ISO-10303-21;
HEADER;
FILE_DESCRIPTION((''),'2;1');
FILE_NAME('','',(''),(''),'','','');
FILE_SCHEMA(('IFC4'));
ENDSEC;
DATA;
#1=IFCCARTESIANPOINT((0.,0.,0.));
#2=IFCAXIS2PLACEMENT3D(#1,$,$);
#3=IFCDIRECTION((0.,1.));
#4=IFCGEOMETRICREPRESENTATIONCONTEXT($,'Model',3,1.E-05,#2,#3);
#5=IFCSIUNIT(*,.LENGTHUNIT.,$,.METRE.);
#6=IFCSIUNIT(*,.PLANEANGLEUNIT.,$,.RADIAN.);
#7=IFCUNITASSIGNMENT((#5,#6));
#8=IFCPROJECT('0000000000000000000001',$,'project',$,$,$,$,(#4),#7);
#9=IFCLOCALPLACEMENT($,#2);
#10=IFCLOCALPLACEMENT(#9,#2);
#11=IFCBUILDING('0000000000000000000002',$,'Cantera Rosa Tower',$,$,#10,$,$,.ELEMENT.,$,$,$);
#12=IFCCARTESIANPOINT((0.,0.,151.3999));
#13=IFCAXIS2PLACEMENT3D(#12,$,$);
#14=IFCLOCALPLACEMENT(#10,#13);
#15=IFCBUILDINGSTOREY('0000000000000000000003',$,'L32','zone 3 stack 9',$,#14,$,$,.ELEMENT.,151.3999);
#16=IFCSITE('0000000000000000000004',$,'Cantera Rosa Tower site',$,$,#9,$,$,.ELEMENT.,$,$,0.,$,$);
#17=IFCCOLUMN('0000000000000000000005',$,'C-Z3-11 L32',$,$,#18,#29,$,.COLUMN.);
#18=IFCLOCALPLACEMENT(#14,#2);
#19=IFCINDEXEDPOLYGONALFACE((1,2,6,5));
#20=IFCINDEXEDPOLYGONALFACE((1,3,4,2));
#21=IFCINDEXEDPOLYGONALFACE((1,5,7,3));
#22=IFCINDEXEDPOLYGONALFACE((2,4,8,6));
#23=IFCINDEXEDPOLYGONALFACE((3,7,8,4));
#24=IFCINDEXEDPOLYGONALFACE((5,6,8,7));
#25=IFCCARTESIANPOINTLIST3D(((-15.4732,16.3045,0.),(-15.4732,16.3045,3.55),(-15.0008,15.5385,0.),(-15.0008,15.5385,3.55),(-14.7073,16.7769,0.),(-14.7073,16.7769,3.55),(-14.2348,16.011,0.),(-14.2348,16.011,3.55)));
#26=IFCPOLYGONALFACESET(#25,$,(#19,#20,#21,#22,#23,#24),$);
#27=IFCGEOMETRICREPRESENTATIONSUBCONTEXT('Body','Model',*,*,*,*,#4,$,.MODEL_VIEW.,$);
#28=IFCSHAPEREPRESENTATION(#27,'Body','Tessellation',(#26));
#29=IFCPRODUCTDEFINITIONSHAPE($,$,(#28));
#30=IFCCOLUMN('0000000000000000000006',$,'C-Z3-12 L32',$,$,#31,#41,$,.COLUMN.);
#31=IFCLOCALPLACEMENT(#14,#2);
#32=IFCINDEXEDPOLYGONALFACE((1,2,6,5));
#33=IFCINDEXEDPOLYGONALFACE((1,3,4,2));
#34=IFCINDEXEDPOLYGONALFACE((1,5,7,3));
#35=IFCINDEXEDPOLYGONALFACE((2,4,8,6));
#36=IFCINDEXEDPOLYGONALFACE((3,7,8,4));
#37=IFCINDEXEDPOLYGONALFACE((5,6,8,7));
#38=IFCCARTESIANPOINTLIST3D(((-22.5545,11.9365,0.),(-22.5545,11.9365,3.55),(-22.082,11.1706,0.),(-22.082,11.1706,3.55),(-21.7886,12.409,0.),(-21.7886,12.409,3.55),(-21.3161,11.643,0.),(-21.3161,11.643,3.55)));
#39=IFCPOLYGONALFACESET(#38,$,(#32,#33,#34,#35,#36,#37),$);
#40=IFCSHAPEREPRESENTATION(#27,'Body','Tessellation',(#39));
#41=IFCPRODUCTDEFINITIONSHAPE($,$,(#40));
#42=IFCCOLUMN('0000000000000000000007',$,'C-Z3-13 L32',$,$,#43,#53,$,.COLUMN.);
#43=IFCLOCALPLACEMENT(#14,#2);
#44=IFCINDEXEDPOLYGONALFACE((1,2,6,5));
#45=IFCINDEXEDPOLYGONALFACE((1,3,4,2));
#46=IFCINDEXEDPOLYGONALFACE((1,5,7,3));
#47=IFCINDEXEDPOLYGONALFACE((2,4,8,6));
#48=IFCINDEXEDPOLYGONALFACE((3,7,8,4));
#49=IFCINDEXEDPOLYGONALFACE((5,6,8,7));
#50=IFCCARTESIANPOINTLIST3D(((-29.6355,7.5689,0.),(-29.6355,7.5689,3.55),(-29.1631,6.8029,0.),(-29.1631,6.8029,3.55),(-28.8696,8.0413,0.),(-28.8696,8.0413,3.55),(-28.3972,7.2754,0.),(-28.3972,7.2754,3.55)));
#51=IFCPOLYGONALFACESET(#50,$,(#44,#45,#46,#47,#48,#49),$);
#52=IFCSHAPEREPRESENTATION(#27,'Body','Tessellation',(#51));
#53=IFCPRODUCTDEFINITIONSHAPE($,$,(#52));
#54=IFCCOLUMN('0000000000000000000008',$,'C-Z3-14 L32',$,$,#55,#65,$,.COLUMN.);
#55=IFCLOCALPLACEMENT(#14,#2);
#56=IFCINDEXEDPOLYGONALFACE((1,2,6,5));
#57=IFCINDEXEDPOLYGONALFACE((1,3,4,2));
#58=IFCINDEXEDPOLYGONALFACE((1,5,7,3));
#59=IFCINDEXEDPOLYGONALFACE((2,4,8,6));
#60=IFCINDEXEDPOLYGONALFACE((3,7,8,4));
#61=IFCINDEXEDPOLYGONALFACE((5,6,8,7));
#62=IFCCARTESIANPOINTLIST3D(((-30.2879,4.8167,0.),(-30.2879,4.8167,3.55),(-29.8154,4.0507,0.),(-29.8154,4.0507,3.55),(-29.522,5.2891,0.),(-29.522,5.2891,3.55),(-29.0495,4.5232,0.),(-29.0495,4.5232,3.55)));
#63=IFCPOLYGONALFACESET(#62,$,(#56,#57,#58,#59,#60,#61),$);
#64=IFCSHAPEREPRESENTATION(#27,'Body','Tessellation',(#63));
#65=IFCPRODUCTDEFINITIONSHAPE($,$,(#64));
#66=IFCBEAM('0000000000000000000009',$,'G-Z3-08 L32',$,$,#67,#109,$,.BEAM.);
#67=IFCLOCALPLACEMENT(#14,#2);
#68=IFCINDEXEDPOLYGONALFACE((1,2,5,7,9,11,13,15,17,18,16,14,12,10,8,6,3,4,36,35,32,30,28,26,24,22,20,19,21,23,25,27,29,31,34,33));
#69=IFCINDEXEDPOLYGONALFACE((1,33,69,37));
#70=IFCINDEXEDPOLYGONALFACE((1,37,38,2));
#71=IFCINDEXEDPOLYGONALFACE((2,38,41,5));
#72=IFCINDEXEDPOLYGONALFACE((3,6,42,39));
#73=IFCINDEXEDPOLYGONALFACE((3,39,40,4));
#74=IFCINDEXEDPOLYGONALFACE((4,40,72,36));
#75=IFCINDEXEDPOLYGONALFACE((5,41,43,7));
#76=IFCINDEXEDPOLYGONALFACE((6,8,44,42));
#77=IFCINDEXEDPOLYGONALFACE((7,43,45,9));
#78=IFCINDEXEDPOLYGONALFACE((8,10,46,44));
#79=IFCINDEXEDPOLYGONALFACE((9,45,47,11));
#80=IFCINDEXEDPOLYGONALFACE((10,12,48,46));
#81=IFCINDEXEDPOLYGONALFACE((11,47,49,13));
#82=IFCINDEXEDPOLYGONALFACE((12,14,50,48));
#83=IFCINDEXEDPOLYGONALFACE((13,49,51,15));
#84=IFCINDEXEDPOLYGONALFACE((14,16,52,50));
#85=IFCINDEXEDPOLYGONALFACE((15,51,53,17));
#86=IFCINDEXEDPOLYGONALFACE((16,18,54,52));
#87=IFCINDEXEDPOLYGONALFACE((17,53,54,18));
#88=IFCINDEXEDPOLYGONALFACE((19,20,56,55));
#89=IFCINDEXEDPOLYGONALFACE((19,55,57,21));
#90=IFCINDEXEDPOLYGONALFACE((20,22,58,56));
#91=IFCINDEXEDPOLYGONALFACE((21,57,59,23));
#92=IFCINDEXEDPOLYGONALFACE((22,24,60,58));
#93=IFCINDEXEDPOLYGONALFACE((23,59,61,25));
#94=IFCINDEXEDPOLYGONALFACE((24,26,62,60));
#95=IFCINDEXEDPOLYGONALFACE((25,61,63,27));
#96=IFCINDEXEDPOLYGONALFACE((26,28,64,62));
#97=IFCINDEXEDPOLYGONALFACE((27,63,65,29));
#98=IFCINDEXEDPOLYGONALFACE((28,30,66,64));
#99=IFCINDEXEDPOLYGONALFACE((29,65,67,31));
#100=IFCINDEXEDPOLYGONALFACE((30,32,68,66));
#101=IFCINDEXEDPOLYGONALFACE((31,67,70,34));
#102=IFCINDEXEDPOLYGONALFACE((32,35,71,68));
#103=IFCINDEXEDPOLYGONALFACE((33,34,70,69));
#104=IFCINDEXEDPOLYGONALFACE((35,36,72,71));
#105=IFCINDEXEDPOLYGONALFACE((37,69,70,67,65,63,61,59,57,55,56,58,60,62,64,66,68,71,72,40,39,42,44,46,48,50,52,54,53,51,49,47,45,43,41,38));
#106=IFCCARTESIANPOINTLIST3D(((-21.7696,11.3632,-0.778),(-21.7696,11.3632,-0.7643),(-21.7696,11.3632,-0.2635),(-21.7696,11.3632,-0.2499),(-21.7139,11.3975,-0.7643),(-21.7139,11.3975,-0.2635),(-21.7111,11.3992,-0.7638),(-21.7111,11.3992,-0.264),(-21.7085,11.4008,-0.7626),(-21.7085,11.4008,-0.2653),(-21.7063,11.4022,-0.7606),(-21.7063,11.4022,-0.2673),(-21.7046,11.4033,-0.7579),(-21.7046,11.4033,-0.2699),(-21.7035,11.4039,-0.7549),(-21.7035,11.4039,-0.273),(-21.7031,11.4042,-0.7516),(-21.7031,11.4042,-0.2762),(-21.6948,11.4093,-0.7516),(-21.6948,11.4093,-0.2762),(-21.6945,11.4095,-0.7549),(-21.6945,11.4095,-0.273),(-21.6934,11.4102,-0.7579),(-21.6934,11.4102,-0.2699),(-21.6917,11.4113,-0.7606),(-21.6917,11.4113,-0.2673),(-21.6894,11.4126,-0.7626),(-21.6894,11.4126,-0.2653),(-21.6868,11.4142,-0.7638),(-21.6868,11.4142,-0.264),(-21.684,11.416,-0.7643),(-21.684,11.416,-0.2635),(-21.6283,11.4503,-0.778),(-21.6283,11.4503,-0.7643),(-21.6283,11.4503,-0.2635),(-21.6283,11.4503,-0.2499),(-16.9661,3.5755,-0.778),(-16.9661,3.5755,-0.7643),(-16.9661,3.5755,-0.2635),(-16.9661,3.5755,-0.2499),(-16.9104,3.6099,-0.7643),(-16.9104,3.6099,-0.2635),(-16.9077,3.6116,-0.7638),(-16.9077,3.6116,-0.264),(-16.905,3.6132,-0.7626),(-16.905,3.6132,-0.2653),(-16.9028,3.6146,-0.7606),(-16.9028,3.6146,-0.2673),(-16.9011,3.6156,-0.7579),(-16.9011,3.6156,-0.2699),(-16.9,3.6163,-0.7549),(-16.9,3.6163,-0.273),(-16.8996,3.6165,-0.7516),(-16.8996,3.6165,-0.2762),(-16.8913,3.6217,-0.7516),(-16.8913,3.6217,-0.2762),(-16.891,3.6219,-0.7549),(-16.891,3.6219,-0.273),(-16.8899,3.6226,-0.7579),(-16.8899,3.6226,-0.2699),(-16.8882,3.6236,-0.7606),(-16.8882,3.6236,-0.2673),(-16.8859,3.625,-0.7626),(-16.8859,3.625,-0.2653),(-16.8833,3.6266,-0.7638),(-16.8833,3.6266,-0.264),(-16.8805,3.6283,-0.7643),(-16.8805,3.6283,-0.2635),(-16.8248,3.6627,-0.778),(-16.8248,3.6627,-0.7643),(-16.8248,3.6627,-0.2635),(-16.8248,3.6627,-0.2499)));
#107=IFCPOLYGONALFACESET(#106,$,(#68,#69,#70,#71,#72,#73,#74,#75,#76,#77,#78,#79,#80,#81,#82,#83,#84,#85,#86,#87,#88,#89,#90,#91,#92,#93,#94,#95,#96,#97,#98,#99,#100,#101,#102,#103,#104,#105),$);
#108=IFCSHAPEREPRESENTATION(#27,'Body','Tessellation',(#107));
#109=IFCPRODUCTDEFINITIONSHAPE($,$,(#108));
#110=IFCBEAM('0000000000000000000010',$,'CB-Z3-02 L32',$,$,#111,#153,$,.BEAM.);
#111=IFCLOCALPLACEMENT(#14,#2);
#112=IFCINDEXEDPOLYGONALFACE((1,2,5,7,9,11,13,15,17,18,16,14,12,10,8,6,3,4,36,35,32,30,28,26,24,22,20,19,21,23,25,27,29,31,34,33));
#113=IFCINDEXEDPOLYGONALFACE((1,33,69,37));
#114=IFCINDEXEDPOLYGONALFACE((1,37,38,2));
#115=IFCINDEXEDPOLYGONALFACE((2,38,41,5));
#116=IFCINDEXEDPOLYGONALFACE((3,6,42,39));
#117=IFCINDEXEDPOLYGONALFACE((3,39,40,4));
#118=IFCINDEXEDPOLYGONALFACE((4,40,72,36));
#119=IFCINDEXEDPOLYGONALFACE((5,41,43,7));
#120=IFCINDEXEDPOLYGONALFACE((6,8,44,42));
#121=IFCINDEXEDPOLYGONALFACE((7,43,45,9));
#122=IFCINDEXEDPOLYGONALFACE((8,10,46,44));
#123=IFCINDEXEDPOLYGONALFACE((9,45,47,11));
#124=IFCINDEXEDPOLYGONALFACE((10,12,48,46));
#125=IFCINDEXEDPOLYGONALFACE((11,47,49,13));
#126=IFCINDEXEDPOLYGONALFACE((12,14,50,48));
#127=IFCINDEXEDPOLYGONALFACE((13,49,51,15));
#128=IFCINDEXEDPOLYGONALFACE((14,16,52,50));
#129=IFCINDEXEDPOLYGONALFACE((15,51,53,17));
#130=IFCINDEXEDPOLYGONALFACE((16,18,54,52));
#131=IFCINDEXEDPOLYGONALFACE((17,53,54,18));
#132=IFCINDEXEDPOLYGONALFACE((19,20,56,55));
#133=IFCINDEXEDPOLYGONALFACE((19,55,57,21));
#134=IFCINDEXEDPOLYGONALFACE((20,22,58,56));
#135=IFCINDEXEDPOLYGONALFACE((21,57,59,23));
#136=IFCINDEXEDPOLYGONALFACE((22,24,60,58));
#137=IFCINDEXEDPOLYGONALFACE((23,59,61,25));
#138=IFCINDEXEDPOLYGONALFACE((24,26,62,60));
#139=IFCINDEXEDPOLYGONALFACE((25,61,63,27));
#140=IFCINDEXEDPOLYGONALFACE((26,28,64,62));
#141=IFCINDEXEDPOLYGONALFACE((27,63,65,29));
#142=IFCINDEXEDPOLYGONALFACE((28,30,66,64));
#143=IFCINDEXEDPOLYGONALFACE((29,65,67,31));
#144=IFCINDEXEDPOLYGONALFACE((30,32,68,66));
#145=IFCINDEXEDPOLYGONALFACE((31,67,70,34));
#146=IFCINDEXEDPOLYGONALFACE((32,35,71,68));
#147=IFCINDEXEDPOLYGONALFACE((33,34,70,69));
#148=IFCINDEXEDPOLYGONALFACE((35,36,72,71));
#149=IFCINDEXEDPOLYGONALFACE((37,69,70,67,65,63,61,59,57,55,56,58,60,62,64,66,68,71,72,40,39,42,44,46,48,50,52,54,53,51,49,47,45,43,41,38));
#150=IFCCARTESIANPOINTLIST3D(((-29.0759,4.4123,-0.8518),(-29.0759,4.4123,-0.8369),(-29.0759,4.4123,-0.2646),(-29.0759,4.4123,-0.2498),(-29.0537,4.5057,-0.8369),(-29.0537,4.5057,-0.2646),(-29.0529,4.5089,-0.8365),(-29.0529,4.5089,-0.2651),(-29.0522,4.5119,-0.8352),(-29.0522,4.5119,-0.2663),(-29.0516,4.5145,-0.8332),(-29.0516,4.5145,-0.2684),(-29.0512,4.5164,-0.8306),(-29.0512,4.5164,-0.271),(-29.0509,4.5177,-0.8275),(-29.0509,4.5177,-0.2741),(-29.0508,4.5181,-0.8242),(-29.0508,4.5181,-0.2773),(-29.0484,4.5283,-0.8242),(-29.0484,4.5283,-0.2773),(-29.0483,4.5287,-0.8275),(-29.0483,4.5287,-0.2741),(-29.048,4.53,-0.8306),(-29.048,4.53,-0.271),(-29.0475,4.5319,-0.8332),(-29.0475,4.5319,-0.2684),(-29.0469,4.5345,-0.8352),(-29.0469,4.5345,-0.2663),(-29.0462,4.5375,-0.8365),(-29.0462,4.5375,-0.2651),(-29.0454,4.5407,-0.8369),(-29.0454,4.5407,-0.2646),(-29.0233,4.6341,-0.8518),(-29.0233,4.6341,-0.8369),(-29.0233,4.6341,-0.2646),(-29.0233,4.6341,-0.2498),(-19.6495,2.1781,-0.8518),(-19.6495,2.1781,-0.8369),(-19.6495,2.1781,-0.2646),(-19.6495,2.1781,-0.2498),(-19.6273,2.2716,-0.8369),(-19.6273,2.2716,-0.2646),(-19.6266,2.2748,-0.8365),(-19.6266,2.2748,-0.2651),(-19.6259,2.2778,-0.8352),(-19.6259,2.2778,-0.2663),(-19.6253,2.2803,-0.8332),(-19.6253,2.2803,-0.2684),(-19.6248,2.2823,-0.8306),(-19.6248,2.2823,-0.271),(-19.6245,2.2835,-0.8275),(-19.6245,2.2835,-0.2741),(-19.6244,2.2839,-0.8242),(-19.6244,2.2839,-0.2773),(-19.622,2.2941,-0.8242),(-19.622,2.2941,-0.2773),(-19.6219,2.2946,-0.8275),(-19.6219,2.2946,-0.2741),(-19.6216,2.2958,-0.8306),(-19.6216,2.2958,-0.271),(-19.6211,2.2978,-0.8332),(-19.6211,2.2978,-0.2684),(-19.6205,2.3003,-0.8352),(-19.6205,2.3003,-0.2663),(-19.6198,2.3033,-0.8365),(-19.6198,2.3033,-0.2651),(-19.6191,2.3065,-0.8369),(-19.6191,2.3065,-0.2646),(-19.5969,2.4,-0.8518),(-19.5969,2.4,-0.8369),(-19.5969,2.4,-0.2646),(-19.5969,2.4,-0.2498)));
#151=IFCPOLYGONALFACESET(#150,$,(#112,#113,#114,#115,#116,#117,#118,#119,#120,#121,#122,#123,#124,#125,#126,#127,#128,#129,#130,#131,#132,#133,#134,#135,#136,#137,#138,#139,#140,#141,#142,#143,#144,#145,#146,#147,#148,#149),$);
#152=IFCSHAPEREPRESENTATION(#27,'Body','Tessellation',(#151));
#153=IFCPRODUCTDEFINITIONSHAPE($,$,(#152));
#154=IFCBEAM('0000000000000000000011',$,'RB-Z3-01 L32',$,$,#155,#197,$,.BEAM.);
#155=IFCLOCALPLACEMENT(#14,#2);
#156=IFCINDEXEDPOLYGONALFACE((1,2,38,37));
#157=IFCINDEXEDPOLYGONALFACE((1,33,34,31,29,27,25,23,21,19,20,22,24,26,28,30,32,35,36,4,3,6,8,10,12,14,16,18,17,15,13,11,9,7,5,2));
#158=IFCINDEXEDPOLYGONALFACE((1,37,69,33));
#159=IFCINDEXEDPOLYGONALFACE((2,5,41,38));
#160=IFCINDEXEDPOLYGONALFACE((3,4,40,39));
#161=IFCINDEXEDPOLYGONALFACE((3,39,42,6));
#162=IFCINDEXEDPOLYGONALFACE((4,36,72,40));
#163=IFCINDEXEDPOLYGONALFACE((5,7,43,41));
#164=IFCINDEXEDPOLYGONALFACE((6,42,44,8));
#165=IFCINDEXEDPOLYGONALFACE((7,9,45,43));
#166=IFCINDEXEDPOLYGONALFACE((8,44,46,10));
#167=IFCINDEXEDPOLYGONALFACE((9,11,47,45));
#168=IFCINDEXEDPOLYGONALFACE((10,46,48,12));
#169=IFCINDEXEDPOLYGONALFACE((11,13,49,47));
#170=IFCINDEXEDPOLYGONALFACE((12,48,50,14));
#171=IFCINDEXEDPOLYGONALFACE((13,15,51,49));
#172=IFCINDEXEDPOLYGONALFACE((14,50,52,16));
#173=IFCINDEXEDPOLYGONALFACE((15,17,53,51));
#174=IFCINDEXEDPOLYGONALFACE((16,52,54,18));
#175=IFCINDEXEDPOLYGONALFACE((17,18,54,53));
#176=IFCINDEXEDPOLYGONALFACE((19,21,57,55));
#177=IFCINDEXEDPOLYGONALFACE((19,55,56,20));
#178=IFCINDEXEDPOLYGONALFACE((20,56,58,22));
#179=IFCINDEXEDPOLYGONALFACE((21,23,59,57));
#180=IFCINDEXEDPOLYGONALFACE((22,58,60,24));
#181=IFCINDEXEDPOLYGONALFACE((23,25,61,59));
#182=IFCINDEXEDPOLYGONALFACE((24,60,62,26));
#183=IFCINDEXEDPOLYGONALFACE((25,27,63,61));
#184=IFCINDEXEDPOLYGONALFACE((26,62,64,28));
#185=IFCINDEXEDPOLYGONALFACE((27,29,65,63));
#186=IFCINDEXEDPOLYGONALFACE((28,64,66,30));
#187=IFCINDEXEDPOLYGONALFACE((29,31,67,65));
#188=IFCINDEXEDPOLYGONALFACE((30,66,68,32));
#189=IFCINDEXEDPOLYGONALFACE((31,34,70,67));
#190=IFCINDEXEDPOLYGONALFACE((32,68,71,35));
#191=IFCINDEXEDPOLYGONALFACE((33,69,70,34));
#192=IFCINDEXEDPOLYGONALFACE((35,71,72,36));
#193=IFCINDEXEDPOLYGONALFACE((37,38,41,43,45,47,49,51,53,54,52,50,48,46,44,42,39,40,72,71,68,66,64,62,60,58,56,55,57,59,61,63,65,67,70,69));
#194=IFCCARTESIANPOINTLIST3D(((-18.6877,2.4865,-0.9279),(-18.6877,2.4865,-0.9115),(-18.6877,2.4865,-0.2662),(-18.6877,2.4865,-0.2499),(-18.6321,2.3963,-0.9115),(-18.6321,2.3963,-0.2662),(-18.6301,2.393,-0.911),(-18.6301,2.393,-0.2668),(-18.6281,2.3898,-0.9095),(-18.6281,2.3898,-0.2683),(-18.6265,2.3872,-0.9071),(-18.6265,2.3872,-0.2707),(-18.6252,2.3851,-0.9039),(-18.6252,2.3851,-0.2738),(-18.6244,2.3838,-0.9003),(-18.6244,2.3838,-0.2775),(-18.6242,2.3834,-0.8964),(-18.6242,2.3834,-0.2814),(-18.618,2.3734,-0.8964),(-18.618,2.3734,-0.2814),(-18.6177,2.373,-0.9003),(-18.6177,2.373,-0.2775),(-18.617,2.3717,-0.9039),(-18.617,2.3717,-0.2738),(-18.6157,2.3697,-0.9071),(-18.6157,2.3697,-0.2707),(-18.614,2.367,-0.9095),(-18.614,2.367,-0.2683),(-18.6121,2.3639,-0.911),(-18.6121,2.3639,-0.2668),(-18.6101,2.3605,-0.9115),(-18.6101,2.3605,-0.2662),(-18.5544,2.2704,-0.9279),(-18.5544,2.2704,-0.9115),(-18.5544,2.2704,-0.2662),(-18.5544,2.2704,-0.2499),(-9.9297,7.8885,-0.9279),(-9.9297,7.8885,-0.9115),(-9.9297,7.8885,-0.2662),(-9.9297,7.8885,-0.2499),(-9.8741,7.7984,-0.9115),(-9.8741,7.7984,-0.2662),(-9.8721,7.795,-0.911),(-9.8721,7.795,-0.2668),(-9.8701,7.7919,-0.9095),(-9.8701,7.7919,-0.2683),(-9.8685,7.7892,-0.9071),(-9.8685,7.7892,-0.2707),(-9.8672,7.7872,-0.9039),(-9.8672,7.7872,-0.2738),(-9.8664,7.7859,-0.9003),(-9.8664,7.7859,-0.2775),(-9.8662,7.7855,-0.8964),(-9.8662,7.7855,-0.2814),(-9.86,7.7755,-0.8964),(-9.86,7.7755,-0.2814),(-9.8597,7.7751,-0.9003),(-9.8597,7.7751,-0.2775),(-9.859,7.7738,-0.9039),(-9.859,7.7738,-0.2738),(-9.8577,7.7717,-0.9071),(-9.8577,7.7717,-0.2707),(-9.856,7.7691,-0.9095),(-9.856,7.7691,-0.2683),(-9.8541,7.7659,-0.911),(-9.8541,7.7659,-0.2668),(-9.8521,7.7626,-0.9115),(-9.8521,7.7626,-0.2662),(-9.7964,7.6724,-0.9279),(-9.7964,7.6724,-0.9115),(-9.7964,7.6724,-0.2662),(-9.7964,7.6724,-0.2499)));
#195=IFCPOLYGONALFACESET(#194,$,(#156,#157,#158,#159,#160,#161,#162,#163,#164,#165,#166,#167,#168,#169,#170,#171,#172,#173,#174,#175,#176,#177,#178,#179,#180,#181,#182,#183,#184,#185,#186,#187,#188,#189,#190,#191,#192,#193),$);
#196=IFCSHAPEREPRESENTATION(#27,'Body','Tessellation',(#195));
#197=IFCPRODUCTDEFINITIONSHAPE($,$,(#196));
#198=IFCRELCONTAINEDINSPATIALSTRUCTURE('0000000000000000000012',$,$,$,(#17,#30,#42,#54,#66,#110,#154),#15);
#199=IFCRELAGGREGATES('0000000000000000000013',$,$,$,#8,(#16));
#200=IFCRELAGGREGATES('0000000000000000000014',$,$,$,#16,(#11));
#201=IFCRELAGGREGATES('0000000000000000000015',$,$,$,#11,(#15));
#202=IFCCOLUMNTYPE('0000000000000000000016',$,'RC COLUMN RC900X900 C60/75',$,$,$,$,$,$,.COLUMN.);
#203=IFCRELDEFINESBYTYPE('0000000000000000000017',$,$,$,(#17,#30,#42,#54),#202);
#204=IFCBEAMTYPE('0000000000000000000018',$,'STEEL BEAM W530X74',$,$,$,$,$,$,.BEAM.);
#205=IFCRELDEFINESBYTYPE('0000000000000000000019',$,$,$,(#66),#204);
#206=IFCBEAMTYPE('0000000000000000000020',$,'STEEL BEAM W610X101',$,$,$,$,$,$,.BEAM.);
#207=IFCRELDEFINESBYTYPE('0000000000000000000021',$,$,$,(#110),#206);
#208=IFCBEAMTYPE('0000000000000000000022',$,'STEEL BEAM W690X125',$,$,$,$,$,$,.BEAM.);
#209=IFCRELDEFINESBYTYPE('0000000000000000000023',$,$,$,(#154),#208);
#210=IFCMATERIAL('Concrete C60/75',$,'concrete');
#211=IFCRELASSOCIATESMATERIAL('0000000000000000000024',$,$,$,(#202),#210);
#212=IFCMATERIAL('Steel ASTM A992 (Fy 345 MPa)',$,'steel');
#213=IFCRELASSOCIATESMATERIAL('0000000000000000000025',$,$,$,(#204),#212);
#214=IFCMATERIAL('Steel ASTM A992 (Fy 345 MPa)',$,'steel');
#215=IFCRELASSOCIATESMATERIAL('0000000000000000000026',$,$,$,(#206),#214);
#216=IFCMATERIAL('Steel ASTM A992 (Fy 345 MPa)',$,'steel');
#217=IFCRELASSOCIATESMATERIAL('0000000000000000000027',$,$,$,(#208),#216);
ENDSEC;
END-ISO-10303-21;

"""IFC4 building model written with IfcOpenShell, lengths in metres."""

from ifc_helpers import new_model, si_unit, direction, frame, origin, origin_2d, place, context, subcontext, project, spatial, rectangle, i_section, extrude, material, material_profile, profile_set, type_object, element, save


model = new_model("IFC4")

# Units and contexts
model_context = context("Model", 3, precision=1e-05, world=origin(), true_north=direction((0.0, 1.0)))
body_context = subcontext(model_context, "Body", "Model", "MODEL_VIEW")
ifc_project = project(units=[si_unit("LENGTHUNIT", "METRE"), si_unit("PLANEANGLEUNIT", "RADIAN")], contexts=[model_context])

# Site, building, storey
site_placement = place(None, origin())
site = spatial("IfcSite", under=ifc_project, at=site_placement, Name="Cantera Rosa Tower site", CompositionType="ELEMENT", RefElevation=0.0)
building_placement = place(site_placement, origin())
building = spatial("IfcBuilding", under=site, at=building_placement, Name="Cantera Rosa Tower", CompositionType="ELEMENT")
storey_placement = place(building_placement, frame((0.0, 0.0, 151.3999)))
storey = spatial("IfcBuildingStorey", under=building, at=storey_placement, Name="L32", Description="zone 3 stack 9", CompositionType="ELEMENT", Elevation=151.3999)

# Columns
ifc_material_1 = material(Name="Concrete C60/75", Category="concrete")
ifc_material_profile_1 = material_profile(ifc_material_1, rectangle(XDim=0.8999, YDim=0.8999, at=origin_2d()), Name="RC COLUMN RC900X900 C60/75")
ifc_profile_set_1 = profile_set([ifc_material_profile_1], Name="Concrete C60/75")
column_type = type_object("IfcColumnType", Name="RC COLUMN RC900X900 C60/75", PredefinedType="COLUMN", material=ifc_profile_set_1)
for number, where, z_axis, x_axis, name in (
    (1, (-14.854, 16.1577, 0.0), (0.0, 0.0, 1.0), (0.851117, 0.524977, 0.0), "C-Z3-11 L32"),
    (2, (-21.9353, 11.7898, 0.0), (0.0, 0.0, 1.0), (0.851117, 0.524977, 0.0), "C-Z3-12 L32"),
    (3, (-29.0164, 7.4221, 0.0), (0.0, 0.0, 1.0), (0.851117, 0.524977, 0.0), "C-Z3-13 L32"),
    (4, (-29.6687, 4.6699, 0.0), (0.0, 0.0, 1.0), (0.851117, 0.524977, 0.0), "C-Z3-14 L32"),
):
    element("IfcColumn", number, at=place(storey_placement, frame(where, z_axis=z_axis, x_axis=x_axis)), inside=storey, type_object=column_type, Name=name, PredefinedType="COLUMN", context=body_context, shape_type="SweptSolid", body=[
        extrude(rectangle(XDim=0.8999, YDim=0.8999, at=origin_2d()), origin(), (0.0, 0.0, 1.0), 3.55),
    ])

# Beams
ifc_material_2 = material(Name="Steel ASTM A992 (Fy 345 MPa)", Category="steel")
ifc_material_profile_2 = material_profile(ifc_material_2, i_section(OverallWidth=0.166, OverallDepth=0.5281, WebThickness=0.0098, FlangeThickness=0.0137, FilletRadius=0.0127, at=origin_2d()), Name="W530X74")
ifc_profile_set_2 = profile_set([ifc_material_profile_2], Name="Steel ASTM A992 (Fy 345 MPa)")
beam_type_1 = type_object("IfcBeamType", Name="STEEL BEAM W530X74", PredefinedType="BEAM", material=ifc_profile_set_2)
beam_1_placement = place(storey_placement, frame((-21.699, 11.4067, -0.5139), z_axis=(0.524977, -0.851116, 0.0), x_axis=(0.851116, 0.524977, 0.0)))
element("IfcBeam", 5, at=beam_1_placement, inside=storey, type_object=beam_type_1, Name="G-Z3-08 L32", PredefinedType="BEAM", context=body_context, shape_type="SweptSolid", body=[
    extrude(i_section(OverallWidth=0.166, OverallDepth=0.5281, WebThickness=0.0098, FlangeThickness=0.0137, FilletRadius=0.0127, at=origin_2d()), origin(), (0.0, 0.0, 1.0), 9.1499),
])
ifc_material_3 = material(Name="Steel ASTM A992 (Fy 345 MPa)", Category="steel")
ifc_material_profile_3 = material_profile(ifc_material_3, i_section(OverallWidth=0.228, OverallDepth=0.6021, WebThickness=0.0105, FlangeThickness=0.0149, FilletRadius=0.0127, at=origin_2d()), Name="W610X101")
ifc_profile_set_3 = profile_set([ifc_material_profile_3], Name="Steel ASTM A992 (Fy 345 MPa)")
beam_type_2 = type_object("IfcBeamType", Name="STEEL BEAM W610X101", PredefinedType="BEAM", material=ifc_profile_set_3)
beam_2_placement = place(storey_placement, frame((-29.0496, 4.5232, -0.5508), z_axis=(0.973043, -0.230622, 0.0), x_axis=(0.230622, 0.973043, 0.0)))
element("IfcBeam", 6, at=beam_2_placement, inside=storey, type_object=beam_type_2, Name="CB-Z3-02 L32", PredefinedType="BEAM", context=body_context, shape_type="SweptSolid", body=[
    extrude(i_section(OverallWidth=0.228, OverallDepth=0.6021, WebThickness=0.0105, FlangeThickness=0.0149, FilletRadius=0.0127, at=origin_2d()), origin(), (0.0, 0.0, 1.0), 9.6875),
])
ifc_material_4 = material(Name="Steel ASTM A992 (Fy 345 MPa)", Category="steel")
ifc_material_profile_4 = material_profile(ifc_material_4, i_section(OverallWidth=0.2539, OverallDepth=0.678, WebThickness=0.0117, FlangeThickness=0.0164, FilletRadius=0.0151, at=origin_2d()), Name="W690X125")
ifc_profile_set_4 = profile_set([ifc_material_profile_4], Name="Steel ASTM A992 (Fy 345 MPa)")
beam_type_3 = type_object("IfcBeamType", Name="STEEL BEAM W690X125", PredefinedType="BEAM", material=ifc_profile_set_4)
beam_3_placement = place(storey_placement, frame((-18.6211, 2.3784, -0.5889), z_axis=(0.851115, 0.52498, 0.0), x_axis=(-0.52498, 0.851115, 0.0)))
element("IfcBeam", 7, at=beam_3_placement, inside=storey, type_object=beam_type_3, Name="RB-Z3-01 L32", PredefinedType="BEAM", context=body_context, shape_type="SweptSolid", body=[
    extrude(i_section(OverallWidth=0.2539, OverallDepth=0.678, WebThickness=0.0117, FlangeThickness=0.0164, FilletRadius=0.0151, at=origin_2d()), origin(), (0.0, 0.0, 1.0), 10.29),
])

save(model, "model.ifc")
